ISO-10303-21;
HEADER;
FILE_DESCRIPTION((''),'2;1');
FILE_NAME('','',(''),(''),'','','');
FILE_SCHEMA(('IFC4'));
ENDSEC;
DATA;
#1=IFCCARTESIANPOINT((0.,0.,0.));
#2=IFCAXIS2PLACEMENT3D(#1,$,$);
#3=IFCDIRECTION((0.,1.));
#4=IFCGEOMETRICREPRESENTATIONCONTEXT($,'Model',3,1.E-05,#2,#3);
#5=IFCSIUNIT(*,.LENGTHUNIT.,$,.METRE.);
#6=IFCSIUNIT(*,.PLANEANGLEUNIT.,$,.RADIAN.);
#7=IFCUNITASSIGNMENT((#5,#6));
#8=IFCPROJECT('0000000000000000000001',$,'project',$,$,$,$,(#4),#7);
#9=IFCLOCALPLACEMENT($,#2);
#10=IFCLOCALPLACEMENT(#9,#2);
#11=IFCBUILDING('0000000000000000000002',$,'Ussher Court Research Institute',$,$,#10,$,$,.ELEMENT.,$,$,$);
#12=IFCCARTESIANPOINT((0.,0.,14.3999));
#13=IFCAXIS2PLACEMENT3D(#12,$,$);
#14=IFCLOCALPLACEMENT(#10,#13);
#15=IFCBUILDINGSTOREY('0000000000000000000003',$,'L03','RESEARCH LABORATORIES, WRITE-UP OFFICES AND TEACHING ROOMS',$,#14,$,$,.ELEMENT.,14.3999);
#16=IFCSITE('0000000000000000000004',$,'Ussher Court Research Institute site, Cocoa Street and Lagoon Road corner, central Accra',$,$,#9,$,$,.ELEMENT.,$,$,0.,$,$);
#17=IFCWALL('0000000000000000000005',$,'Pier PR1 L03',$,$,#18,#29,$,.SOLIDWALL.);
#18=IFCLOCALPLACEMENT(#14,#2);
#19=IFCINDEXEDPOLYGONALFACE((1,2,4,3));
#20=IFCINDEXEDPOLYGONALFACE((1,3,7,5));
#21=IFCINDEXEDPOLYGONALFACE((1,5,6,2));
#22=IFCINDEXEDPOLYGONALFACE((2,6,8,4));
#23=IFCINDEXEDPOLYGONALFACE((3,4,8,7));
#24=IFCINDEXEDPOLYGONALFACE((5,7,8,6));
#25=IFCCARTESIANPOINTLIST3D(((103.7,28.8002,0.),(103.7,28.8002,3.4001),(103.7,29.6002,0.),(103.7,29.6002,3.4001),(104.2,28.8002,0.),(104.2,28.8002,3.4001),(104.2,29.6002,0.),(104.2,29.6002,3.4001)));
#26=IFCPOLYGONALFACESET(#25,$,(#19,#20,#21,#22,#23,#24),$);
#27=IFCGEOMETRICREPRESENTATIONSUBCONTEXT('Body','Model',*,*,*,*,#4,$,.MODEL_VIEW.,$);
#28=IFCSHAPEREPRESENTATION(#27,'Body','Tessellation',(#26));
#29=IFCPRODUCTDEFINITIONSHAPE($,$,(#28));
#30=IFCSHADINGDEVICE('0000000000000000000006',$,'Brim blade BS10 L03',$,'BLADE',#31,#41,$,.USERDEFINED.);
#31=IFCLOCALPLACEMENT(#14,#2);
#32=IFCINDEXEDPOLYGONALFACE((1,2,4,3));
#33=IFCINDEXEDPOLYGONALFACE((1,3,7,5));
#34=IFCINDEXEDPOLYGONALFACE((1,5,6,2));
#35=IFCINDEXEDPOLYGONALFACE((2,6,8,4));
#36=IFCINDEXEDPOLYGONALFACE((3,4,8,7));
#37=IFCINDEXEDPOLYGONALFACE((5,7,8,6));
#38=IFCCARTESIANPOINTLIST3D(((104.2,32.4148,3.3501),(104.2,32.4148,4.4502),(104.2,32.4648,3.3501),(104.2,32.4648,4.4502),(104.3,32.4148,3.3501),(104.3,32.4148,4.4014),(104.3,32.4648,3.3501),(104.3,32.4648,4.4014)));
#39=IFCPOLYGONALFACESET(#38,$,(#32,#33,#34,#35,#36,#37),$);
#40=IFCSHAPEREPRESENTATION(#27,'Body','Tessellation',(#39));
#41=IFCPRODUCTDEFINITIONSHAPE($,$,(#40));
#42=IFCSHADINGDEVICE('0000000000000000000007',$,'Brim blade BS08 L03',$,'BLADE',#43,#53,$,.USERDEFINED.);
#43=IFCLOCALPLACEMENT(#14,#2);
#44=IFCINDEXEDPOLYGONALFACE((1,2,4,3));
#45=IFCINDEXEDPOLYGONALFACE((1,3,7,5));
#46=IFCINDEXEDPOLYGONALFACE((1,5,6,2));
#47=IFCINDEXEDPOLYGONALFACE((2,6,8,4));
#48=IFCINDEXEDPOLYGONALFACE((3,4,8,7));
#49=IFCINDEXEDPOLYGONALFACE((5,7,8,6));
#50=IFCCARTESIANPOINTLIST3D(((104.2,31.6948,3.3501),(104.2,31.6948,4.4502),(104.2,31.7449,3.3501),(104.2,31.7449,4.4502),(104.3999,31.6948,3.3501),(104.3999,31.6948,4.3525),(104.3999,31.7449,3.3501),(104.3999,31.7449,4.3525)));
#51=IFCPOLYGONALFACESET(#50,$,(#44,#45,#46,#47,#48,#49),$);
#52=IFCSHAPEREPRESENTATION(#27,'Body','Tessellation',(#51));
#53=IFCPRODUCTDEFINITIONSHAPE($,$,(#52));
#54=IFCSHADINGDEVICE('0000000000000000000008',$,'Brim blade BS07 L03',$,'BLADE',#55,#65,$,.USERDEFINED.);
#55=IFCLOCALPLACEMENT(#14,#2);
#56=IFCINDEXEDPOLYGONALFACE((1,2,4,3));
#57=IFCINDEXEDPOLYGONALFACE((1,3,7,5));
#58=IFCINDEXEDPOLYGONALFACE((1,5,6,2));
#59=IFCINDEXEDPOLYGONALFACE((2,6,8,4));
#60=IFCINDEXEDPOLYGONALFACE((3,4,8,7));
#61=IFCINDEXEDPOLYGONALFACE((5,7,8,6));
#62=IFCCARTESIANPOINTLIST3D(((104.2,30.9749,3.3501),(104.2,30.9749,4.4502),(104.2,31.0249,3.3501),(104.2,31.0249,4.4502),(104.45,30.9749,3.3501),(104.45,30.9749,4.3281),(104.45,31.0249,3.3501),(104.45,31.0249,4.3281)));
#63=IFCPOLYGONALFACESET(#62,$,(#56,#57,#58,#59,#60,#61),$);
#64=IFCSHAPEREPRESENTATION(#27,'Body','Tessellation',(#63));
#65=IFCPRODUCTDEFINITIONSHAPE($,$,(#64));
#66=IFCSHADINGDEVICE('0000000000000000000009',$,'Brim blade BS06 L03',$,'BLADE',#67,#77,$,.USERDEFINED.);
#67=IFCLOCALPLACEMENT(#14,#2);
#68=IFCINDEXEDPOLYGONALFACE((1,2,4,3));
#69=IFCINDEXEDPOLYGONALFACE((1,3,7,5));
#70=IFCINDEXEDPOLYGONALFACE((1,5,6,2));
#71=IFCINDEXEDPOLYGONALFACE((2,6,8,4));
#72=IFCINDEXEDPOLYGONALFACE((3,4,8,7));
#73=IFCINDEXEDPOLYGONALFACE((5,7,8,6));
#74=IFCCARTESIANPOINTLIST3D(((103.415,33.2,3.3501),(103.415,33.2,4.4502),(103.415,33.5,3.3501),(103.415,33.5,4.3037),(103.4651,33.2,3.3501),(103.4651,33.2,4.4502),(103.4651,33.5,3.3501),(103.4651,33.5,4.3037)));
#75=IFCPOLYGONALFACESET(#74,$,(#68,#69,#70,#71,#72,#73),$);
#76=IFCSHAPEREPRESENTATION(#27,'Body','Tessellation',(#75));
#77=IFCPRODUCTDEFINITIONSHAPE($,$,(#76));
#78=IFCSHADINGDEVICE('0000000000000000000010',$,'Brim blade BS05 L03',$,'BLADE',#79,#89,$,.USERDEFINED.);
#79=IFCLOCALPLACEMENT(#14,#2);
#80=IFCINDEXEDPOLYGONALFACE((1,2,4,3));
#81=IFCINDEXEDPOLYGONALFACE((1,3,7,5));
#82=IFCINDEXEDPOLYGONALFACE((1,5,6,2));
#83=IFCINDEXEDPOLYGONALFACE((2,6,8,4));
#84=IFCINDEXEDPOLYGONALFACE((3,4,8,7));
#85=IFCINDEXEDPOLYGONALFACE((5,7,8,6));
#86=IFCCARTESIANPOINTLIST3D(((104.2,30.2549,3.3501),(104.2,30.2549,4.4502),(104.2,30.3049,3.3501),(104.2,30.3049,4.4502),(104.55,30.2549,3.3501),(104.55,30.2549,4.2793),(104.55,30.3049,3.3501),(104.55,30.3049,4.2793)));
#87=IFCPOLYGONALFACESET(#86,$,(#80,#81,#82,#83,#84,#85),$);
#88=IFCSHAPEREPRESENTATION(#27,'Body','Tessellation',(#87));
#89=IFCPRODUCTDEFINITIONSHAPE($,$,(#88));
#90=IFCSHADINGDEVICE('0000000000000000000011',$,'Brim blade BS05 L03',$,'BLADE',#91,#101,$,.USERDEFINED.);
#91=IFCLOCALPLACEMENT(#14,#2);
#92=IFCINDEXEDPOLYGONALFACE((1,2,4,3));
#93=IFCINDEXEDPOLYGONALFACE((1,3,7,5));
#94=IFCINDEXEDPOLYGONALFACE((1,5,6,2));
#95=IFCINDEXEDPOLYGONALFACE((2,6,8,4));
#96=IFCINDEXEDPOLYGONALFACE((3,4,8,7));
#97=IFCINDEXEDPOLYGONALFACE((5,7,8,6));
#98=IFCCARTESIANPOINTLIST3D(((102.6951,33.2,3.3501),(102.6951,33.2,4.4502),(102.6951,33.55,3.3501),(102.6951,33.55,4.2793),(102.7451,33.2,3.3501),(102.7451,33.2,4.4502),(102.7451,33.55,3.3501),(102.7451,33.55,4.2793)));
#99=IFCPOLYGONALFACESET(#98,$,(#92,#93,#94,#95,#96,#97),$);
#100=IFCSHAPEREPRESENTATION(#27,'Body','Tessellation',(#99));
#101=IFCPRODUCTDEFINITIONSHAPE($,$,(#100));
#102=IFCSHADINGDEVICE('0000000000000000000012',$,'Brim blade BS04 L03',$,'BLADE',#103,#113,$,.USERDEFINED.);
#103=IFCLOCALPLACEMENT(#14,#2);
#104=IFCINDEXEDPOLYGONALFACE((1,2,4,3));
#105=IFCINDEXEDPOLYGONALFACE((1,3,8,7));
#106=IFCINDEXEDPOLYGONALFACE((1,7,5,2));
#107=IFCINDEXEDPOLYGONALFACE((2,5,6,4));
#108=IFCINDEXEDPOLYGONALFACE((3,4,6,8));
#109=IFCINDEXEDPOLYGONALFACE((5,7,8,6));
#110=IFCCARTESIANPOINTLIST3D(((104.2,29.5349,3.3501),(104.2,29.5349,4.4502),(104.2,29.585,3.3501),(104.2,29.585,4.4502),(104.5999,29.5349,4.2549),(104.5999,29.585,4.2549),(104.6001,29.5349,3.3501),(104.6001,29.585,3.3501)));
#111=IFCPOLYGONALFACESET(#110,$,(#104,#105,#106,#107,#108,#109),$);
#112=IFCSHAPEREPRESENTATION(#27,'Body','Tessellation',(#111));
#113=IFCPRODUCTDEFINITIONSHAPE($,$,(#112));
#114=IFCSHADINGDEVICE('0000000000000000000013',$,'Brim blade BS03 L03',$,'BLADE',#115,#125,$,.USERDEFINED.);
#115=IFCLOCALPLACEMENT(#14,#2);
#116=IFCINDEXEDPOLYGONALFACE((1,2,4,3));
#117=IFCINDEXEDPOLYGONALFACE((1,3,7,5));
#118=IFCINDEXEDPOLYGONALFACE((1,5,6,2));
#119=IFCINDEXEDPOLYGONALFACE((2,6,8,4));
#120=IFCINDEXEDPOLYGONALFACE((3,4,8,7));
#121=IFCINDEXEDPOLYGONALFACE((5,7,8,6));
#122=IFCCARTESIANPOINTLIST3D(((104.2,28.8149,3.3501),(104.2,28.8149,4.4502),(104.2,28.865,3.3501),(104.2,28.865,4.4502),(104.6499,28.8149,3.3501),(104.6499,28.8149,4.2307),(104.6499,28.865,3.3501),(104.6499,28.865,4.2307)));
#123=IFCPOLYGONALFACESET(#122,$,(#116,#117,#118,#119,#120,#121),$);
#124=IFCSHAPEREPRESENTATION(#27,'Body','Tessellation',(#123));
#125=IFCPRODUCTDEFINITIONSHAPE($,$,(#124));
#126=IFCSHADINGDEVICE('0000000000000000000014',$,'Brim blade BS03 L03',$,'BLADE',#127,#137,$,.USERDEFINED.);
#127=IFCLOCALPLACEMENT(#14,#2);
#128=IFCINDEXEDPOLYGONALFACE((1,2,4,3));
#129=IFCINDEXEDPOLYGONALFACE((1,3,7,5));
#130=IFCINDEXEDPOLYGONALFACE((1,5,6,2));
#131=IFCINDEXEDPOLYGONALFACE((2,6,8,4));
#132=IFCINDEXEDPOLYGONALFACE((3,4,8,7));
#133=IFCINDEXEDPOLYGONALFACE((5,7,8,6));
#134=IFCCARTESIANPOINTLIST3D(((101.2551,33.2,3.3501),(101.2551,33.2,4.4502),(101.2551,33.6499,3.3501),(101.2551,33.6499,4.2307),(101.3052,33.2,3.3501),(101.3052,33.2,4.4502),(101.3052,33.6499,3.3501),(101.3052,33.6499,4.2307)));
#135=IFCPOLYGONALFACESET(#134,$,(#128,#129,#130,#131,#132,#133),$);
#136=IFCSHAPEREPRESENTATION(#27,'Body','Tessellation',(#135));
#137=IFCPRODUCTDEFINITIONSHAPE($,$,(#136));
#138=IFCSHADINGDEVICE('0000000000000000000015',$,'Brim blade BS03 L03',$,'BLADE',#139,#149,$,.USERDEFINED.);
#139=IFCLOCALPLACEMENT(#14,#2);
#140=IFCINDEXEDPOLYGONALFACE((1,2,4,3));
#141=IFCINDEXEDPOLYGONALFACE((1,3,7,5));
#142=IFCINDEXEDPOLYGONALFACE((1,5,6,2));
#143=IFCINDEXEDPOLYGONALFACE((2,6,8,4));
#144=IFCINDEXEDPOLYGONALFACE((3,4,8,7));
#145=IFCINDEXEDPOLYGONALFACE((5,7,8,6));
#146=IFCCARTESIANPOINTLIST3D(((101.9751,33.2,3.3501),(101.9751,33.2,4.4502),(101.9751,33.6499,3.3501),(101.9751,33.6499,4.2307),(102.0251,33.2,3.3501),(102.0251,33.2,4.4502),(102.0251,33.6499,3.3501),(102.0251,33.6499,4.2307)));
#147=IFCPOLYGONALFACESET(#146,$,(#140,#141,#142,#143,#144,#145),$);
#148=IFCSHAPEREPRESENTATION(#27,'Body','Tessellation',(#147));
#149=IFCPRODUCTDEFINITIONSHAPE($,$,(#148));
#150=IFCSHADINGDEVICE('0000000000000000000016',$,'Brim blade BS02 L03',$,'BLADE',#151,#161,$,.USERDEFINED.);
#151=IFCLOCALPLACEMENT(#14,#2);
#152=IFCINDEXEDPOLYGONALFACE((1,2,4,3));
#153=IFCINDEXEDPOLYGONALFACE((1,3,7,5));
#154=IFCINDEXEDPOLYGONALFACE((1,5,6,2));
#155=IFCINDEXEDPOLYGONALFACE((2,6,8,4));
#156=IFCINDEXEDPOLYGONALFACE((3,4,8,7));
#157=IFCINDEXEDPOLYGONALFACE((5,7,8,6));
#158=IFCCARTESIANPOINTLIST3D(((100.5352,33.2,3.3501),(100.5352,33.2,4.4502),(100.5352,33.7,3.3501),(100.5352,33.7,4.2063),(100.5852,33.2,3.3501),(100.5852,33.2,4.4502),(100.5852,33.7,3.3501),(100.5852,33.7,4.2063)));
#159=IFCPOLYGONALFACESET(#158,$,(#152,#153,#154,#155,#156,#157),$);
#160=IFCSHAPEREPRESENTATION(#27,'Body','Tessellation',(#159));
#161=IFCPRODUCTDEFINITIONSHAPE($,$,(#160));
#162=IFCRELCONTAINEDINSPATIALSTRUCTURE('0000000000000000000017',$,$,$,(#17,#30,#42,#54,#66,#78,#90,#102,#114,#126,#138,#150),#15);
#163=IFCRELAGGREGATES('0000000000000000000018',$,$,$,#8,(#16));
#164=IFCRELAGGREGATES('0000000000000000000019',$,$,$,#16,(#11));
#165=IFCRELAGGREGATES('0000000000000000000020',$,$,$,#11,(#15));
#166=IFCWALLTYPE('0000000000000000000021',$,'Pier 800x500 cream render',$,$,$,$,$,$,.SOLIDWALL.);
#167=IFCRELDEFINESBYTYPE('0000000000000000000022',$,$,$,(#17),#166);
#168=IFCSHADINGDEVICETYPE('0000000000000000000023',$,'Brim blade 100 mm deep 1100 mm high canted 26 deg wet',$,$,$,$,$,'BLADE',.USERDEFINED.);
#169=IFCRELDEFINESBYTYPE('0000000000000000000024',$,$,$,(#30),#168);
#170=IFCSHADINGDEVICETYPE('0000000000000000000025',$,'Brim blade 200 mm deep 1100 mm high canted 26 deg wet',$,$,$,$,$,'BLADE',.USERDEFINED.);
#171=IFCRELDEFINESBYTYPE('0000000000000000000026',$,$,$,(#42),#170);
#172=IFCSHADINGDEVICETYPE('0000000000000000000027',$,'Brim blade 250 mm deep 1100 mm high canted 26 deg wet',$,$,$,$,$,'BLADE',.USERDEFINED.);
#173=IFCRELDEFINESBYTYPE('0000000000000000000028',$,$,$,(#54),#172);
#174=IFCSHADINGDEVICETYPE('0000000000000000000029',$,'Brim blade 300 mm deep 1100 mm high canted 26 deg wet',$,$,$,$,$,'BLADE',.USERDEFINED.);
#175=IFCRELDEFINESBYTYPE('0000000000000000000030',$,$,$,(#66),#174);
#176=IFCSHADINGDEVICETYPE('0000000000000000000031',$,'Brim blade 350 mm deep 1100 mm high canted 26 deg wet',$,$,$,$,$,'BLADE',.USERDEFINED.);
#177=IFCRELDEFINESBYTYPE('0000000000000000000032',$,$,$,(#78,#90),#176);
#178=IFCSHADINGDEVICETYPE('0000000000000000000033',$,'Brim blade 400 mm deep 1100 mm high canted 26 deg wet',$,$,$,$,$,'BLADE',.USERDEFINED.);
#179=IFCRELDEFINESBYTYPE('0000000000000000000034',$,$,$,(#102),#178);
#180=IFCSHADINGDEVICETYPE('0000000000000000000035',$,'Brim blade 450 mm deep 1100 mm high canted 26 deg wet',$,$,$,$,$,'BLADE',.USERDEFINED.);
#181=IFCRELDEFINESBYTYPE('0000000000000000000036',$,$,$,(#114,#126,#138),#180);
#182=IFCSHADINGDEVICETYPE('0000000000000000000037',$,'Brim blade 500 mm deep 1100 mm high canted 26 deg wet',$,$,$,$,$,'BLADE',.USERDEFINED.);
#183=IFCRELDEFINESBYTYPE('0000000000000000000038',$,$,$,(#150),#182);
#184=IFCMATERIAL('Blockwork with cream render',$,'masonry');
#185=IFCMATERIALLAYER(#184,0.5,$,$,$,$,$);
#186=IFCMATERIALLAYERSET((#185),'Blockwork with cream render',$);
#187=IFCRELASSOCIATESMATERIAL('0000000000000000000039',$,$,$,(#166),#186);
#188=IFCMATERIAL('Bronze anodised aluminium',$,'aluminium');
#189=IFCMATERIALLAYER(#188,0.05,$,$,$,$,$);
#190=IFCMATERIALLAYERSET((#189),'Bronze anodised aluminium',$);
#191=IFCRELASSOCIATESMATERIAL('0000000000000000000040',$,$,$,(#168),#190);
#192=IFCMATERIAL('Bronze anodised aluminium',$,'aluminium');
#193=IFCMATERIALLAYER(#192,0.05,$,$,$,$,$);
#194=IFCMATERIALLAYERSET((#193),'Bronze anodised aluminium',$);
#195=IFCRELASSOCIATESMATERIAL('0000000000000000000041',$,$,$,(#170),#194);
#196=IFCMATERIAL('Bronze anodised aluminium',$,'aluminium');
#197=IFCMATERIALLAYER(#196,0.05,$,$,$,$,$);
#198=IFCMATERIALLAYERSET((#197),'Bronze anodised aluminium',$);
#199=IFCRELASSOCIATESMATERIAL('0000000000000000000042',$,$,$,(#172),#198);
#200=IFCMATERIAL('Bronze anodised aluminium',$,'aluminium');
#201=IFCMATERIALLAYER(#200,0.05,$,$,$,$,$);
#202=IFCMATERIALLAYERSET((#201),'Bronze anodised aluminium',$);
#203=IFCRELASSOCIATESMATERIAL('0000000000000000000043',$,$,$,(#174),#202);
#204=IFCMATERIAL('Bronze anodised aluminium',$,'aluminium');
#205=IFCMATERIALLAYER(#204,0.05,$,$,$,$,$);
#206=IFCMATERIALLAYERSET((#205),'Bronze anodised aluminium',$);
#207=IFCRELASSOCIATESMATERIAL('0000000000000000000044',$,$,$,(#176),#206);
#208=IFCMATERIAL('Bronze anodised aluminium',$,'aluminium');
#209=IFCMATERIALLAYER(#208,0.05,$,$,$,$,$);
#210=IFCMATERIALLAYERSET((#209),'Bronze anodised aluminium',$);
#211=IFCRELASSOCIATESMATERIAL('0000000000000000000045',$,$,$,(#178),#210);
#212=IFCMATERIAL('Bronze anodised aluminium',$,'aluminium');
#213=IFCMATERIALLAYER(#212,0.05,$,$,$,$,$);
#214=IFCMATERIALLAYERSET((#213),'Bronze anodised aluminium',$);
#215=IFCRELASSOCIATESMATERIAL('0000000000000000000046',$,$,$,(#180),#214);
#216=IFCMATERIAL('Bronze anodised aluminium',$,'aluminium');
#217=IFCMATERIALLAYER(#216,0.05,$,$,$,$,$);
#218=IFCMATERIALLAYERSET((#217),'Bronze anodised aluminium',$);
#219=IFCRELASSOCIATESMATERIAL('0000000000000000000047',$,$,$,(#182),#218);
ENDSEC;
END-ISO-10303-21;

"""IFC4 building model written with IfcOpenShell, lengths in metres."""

from ifc_helpers import new_model, si_unit, direction, frame, frame_2d, origin, place, context, subcontext, project, spatial, polyline, rectangle, outline, extrude, material, layer, layer_set, type_object, element, save


model = new_model("IFC4")

# Units and contexts
model_context = context("Model", 3, precision=1e-05, world=origin(), true_north=direction((0.0, 1.0)))
body_context = subcontext(model_context, "Body", "Model", "MODEL_VIEW")
ifc_project = project(units=[si_unit("LENGTHUNIT", "METRE"), si_unit("PLANEANGLEUNIT", "RADIAN")], contexts=[model_context])

# Site, building, storey
site_placement = place(None, origin())
site = spatial("IfcSite", under=ifc_project, at=site_placement, Name="Ussher Court Research Institute site, Cocoa Street and Lagoon Road corner, central Accra", CompositionType="ELEMENT", RefElevation=0.0)
building_placement = place(site_placement, origin())
building = spatial("IfcBuilding", under=site, at=building_placement, Name="Ussher Court Research Institute", CompositionType="ELEMENT")
storey_placement = place(building_placement, frame((0.0, 0.0, 14.3999)))
storey = spatial("IfcBuildingStorey", under=building, at=storey_placement, Name="L03", Description="RESEARCH LABORATORIES, WRITE-UP OFFICES AND TEACHING ROOMS", CompositionType="ELEMENT", Elevation=14.3999)

# Wall
ifc_material_1 = material(Name="Blockwork with cream render", Category="masonry")
ifc_layer_1 = layer(ifc_material_1, 0.5)
ifc_layer_set_1 = layer_set([ifc_layer_1], Name="Blockwork with cream render")
wall_type_1 = type_object("IfcWallType", Name="Pier 800x500 cream render", PredefinedType="SOLIDWALL", material=ifc_layer_set_1)
for number, where, z_axis, x_axis, name in (
    (1, (103.95, 29.6001, 0.0), (0.0, 0.0, 1.0), (0.0, -1.0, 0.0), "Pier PR1 L03"),
):
    element("IfcWall", number, at=place(storey_placement, frame(where, z_axis=z_axis, x_axis=x_axis)), inside=storey, type_object=wall_type_1, Name=name, PredefinedType="SOLIDWALL", context=body_context, shape_type="SweptSolid", body=[
        extrude(rectangle(XDim=0.8, YDim=0.5, at=frame_2d((0.3999, 0.0))), origin(), (0.0, 0.0, 1.0), 3.4001),
    ])

# Shading devices
ifc_material_2 = material(Name="Bronze anodised aluminium", Category="aluminium")
ifc_layer_2 = layer(ifc_material_2, 0.05)
ifc_layer_set_2 = layer_set([ifc_layer_2], Name="Bronze anodised aluminium")
shading_device_type_1 = type_object("IfcShadingDeviceType", Name="Brim blade 100 mm deep 1100 mm high canted 26 deg wet", ElementType="BLADE", PredefinedType="USERDEFINED", material=ifc_layer_set_2)
shading_device_1_placement = place(storey_placement, frame((104.2, 32.4399, 3.3501), z_axis=(0.0, 0.0, 1.0), x_axis=(1.0, 0.0, 0.0)))
element("IfcShadingDevice", 2, at=shading_device_1_placement, inside=storey, type_object=shading_device_type_1, Name="Brim blade BS10 L03", ObjectType="BLADE", PredefinedType="USERDEFINED", context=body_context, shape_type="SweptSolid", body=[
    extrude(outline(polyline([(0.0, 0.0), (0.1001, 0.0), (0.1001, 1.0513), (0.0, 1.1001), (0.0, 0.0)])), frame((0.0, 0.0249, 0.0), z_axis=(0.0, -1.0, 0.0), x_axis=(1.0, 0.0, 0.0)), (0.0, 0.0, 1.0), 0.05),
])
ifc_material_3 = material(Name="Bronze anodised aluminium", Category="aluminium")
ifc_layer_3 = layer(ifc_material_3, 0.05)
ifc_layer_set_3 = layer_set([ifc_layer_3], Name="Bronze anodised aluminium")
shading_device_type_2 = type_object("IfcShadingDeviceType", Name="Brim blade 200 mm deep 1100 mm high canted 26 deg wet", ElementType="BLADE", PredefinedType="USERDEFINED", material=ifc_layer_set_3)
shading_device_2_placement = place(storey_placement, frame((104.2, 31.72, 3.3501), z_axis=(0.0, 0.0, 1.0), x_axis=(1.0, 0.0, 0.0)))
element("IfcShadingDevice", 3, at=shading_device_2_placement, inside=storey, type_object=shading_device_type_2, Name="Brim blade BS08 L03", ObjectType="BLADE", PredefinedType="USERDEFINED", context=body_context, shape_type="SweptSolid", body=[
    extrude(outline(polyline([(0.0, 0.0), (0.2, 0.0), (0.2, 1.0024), (0.0, 1.1001), (0.0, 0.0)])), frame((0.0, 0.0249, 0.0), z_axis=(0.0, -1.0, 0.0), x_axis=(1.0, 0.0, 0.0)), (0.0, 0.0, 1.0), 0.05),
])
ifc_material_4 = material(Name="Bronze anodised aluminium", Category="aluminium")
ifc_layer_4 = layer(ifc_material_4, 0.05)
ifc_layer_set_4 = layer_set([ifc_layer_4], Name="Bronze anodised aluminium")
shading_device_type_3 = type_object("IfcShadingDeviceType", Name="Brim blade 250 mm deep 1100 mm high canted 26 deg wet", ElementType="BLADE", PredefinedType="USERDEFINED", material=ifc_layer_set_4)
shading_device_3_placement = place(storey_placement, frame((104.2, 31.0, 3.3501), z_axis=(0.0, 0.0, 1.0), x_axis=(1.0, 0.0, 0.0)))
element("IfcShadingDevice", 4, at=shading_device_3_placement, inside=storey, type_object=shading_device_type_3, Name="Brim blade BS07 L03", ObjectType="BLADE", PredefinedType="USERDEFINED", context=body_context, shape_type="SweptSolid", body=[
    extrude(outline(polyline([(0.0, 0.0), (0.25, 0.0), (0.25, 0.978), (0.0, 1.1001), (0.0, 0.0)])), frame((0.0, 0.0249, 0.0), z_axis=(0.0, -1.0, 0.0), x_axis=(1.0, 0.0, 0.0)), (0.0, 0.0, 1.0), 0.05),
])
ifc_material_5 = material(Name="Bronze anodised aluminium", Category="aluminium")
ifc_layer_5 = layer(ifc_material_5, 0.05)
ifc_layer_set_5 = layer_set([ifc_layer_5], Name="Bronze anodised aluminium")
shading_device_type_4 = type_object("IfcShadingDeviceType", Name="Brim blade 300 mm deep 1100 mm high canted 26 deg wet", ElementType="BLADE", PredefinedType="USERDEFINED", material=ifc_layer_set_5)
shading_device_4_placement = place(storey_placement, frame((103.4399, 33.2, 3.3501), z_axis=(0.0, 0.0, 1.0), x_axis=(0.0, 1.0, 0.0)))
element("IfcShadingDevice", 5, at=shading_device_4_placement, inside=storey, type_object=shading_device_type_4, Name="Brim blade BS06 L03", ObjectType="BLADE", PredefinedType="USERDEFINED", context=body_context, shape_type="SweptSolid", body=[
    extrude(outline(polyline([(0.0, 0.0), (0.3, 0.0), (0.3, 0.9536), (0.0, 1.1001), (0.0, 0.0)])), frame((0.0, 0.0249, 0.0), z_axis=(0.0, -1.0, 0.0), x_axis=(1.0, 0.0, 0.0)), (0.0, 0.0, 1.0), 0.05),
])
ifc_material_6 = material(Name="Bronze anodised aluminium", Category="aluminium")
ifc_layer_6 = layer(ifc_material_6, 0.05)
ifc_layer_set_6 = layer_set([ifc_layer_6], Name="Bronze anodised aluminium")
shading_device_type_5 = type_object("IfcShadingDeviceType", Name="Brim blade 350 mm deep 1100 mm high canted 26 deg wet", ElementType="BLADE", PredefinedType="USERDEFINED", material=ifc_layer_set_6)
for number, where, z_axis, x_axis, name in (
    (6, (104.2, 30.28, 3.3501), (0.0, 0.0, 1.0), (1.0, 0.0, 0.0), "Brim blade BS05 L03"),
    (7, (102.72, 33.2, 3.3501), (0.0, 0.0, 1.0), (0.0, 1.0, 0.0), "Brim blade BS05 L03"),
):
    element("IfcShadingDevice", number, at=place(storey_placement, frame(where, z_axis=z_axis, x_axis=x_axis)), inside=storey, type_object=shading_device_type_5, Name=name, ObjectType="BLADE", PredefinedType="USERDEFINED", context=body_context, shape_type="SweptSolid", body=[
        extrude(outline(polyline([(0.0, 0.0), (0.3501, 0.0), (0.3501, 0.9292), (0.0, 1.1001), (0.0, 0.0)])), frame((0.0, 0.0249, 0.0), z_axis=(0.0, -1.0, 0.0), x_axis=(1.0, 0.0, 0.0)), (0.0, 0.0, 1.0), 0.05),
    ])
ifc_material_7 = material(Name="Bronze anodised aluminium", Category="aluminium")
ifc_layer_7 = layer(ifc_material_7, 0.05)
ifc_layer_set_7 = layer_set([ifc_layer_7], Name="Bronze anodised aluminium")
shading_device_type_6 = type_object("IfcShadingDeviceType", Name="Brim blade 400 mm deep 1100 mm high canted 26 deg wet", ElementType="BLADE", PredefinedType="USERDEFINED", material=ifc_layer_set_7)
shading_device_5_placement = place(storey_placement, frame((104.2, 29.5601, 3.3501), z_axis=(0.0, 0.0, 1.0), x_axis=(1.0, 0.0, 0.0)))
element("IfcShadingDevice", 8, at=shading_device_5_placement, inside=storey, type_object=shading_device_type_6, Name="Brim blade BS04 L03", ObjectType="BLADE", PredefinedType="USERDEFINED", context=body_context, shape_type="SweptSolid", body=[
    extrude(outline(polyline([(0.0, 0.0), (0.4001, 0.0), (0.3999, 0.9048), (0.0, 1.1001), (0.0, 0.0)])), frame((0.0, 0.0249, 0.0), z_axis=(0.0, -1.0, 0.0), x_axis=(1.0, 0.0, 0.0)), (0.0, 0.0, 1.0), 0.05),
])
ifc_material_8 = material(Name="Bronze anodised aluminium", Category="aluminium")
ifc_layer_8 = layer(ifc_material_8, 0.05)
ifc_layer_set_8 = layer_set([ifc_layer_8], Name="Bronze anodised aluminium")
shading_device_type_7 = type_object("IfcShadingDeviceType", Name="Brim blade 450 mm deep 1100 mm high canted 26 deg wet", ElementType="BLADE", PredefinedType="USERDEFINED", material=ifc_layer_set_8)
for number, where, z_axis, x_axis, name in (
    (9, (104.2, 28.8401, 3.3501), (0.0, 0.0, 1.0), (1.0, 0.0, 0.0), "Brim blade BS03 L03"),
    (10, (101.28, 33.2, 3.3501), (0.0, 0.0, 1.0), (0.0, 1.0, 0.0), "Brim blade BS03 L03"),
    (11, (102.0, 33.2, 3.3501), (0.0, 0.0, 1.0), (0.0, 1.0, 0.0), "Brim blade BS03 L03"),
):
    element("IfcShadingDevice", number, at=place(storey_placement, frame(where, z_axis=z_axis, x_axis=x_axis)), inside=storey, type_object=shading_device_type_7, Name=name, ObjectType="BLADE", PredefinedType="USERDEFINED", context=body_context, shape_type="SweptSolid", body=[
        extrude(outline(polyline([(0.0, 0.0), (0.45, 0.0), (0.45, 0.8806), (0.0, 1.1001), (0.0, 0.0)])), frame((0.0, 0.0249, 0.0), z_axis=(0.0, -1.0, 0.0), x_axis=(1.0, 0.0, 0.0)), (0.0, 0.0, 1.0), 0.05),
    ])
ifc_material_9 = material(Name="Bronze anodised aluminium", Category="aluminium")
ifc_layer_9 = layer(ifc_material_9, 0.05)
ifc_layer_set_9 = layer_set([ifc_layer_9], Name="Bronze anodised aluminium")
shading_device_type_8 = type_object("IfcShadingDeviceType", Name="Brim blade 500 mm deep 1100 mm high canted 26 deg wet", ElementType="BLADE", PredefinedType="USERDEFINED", material=ifc_layer_set_9)
shading_device_6_placement = place(storey_placement, frame((100.5601, 33.2, 3.3501), z_axis=(0.0, 0.0, 1.0), x_axis=(0.0, 1.0, 0.0)))
element("IfcShadingDevice", 12, at=shading_device_6_placement, inside=storey, type_object=shading_device_type_8, Name="Brim blade BS02 L03", ObjectType="BLADE", PredefinedType="USERDEFINED", context=body_context, shape_type="SweptSolid", body=[
    extrude(outline(polyline([(0.0, 0.0), (0.5, 0.0), (0.5, 0.8562), (0.0, 1.1001), (0.0, 0.0)])), frame((0.0, 0.0249, 0.0), z_axis=(0.0, -1.0, 0.0), x_axis=(1.0, 0.0, 0.0)), (0.0, 0.0, 1.0), 0.05),
])

save(model, "model.ifc")
